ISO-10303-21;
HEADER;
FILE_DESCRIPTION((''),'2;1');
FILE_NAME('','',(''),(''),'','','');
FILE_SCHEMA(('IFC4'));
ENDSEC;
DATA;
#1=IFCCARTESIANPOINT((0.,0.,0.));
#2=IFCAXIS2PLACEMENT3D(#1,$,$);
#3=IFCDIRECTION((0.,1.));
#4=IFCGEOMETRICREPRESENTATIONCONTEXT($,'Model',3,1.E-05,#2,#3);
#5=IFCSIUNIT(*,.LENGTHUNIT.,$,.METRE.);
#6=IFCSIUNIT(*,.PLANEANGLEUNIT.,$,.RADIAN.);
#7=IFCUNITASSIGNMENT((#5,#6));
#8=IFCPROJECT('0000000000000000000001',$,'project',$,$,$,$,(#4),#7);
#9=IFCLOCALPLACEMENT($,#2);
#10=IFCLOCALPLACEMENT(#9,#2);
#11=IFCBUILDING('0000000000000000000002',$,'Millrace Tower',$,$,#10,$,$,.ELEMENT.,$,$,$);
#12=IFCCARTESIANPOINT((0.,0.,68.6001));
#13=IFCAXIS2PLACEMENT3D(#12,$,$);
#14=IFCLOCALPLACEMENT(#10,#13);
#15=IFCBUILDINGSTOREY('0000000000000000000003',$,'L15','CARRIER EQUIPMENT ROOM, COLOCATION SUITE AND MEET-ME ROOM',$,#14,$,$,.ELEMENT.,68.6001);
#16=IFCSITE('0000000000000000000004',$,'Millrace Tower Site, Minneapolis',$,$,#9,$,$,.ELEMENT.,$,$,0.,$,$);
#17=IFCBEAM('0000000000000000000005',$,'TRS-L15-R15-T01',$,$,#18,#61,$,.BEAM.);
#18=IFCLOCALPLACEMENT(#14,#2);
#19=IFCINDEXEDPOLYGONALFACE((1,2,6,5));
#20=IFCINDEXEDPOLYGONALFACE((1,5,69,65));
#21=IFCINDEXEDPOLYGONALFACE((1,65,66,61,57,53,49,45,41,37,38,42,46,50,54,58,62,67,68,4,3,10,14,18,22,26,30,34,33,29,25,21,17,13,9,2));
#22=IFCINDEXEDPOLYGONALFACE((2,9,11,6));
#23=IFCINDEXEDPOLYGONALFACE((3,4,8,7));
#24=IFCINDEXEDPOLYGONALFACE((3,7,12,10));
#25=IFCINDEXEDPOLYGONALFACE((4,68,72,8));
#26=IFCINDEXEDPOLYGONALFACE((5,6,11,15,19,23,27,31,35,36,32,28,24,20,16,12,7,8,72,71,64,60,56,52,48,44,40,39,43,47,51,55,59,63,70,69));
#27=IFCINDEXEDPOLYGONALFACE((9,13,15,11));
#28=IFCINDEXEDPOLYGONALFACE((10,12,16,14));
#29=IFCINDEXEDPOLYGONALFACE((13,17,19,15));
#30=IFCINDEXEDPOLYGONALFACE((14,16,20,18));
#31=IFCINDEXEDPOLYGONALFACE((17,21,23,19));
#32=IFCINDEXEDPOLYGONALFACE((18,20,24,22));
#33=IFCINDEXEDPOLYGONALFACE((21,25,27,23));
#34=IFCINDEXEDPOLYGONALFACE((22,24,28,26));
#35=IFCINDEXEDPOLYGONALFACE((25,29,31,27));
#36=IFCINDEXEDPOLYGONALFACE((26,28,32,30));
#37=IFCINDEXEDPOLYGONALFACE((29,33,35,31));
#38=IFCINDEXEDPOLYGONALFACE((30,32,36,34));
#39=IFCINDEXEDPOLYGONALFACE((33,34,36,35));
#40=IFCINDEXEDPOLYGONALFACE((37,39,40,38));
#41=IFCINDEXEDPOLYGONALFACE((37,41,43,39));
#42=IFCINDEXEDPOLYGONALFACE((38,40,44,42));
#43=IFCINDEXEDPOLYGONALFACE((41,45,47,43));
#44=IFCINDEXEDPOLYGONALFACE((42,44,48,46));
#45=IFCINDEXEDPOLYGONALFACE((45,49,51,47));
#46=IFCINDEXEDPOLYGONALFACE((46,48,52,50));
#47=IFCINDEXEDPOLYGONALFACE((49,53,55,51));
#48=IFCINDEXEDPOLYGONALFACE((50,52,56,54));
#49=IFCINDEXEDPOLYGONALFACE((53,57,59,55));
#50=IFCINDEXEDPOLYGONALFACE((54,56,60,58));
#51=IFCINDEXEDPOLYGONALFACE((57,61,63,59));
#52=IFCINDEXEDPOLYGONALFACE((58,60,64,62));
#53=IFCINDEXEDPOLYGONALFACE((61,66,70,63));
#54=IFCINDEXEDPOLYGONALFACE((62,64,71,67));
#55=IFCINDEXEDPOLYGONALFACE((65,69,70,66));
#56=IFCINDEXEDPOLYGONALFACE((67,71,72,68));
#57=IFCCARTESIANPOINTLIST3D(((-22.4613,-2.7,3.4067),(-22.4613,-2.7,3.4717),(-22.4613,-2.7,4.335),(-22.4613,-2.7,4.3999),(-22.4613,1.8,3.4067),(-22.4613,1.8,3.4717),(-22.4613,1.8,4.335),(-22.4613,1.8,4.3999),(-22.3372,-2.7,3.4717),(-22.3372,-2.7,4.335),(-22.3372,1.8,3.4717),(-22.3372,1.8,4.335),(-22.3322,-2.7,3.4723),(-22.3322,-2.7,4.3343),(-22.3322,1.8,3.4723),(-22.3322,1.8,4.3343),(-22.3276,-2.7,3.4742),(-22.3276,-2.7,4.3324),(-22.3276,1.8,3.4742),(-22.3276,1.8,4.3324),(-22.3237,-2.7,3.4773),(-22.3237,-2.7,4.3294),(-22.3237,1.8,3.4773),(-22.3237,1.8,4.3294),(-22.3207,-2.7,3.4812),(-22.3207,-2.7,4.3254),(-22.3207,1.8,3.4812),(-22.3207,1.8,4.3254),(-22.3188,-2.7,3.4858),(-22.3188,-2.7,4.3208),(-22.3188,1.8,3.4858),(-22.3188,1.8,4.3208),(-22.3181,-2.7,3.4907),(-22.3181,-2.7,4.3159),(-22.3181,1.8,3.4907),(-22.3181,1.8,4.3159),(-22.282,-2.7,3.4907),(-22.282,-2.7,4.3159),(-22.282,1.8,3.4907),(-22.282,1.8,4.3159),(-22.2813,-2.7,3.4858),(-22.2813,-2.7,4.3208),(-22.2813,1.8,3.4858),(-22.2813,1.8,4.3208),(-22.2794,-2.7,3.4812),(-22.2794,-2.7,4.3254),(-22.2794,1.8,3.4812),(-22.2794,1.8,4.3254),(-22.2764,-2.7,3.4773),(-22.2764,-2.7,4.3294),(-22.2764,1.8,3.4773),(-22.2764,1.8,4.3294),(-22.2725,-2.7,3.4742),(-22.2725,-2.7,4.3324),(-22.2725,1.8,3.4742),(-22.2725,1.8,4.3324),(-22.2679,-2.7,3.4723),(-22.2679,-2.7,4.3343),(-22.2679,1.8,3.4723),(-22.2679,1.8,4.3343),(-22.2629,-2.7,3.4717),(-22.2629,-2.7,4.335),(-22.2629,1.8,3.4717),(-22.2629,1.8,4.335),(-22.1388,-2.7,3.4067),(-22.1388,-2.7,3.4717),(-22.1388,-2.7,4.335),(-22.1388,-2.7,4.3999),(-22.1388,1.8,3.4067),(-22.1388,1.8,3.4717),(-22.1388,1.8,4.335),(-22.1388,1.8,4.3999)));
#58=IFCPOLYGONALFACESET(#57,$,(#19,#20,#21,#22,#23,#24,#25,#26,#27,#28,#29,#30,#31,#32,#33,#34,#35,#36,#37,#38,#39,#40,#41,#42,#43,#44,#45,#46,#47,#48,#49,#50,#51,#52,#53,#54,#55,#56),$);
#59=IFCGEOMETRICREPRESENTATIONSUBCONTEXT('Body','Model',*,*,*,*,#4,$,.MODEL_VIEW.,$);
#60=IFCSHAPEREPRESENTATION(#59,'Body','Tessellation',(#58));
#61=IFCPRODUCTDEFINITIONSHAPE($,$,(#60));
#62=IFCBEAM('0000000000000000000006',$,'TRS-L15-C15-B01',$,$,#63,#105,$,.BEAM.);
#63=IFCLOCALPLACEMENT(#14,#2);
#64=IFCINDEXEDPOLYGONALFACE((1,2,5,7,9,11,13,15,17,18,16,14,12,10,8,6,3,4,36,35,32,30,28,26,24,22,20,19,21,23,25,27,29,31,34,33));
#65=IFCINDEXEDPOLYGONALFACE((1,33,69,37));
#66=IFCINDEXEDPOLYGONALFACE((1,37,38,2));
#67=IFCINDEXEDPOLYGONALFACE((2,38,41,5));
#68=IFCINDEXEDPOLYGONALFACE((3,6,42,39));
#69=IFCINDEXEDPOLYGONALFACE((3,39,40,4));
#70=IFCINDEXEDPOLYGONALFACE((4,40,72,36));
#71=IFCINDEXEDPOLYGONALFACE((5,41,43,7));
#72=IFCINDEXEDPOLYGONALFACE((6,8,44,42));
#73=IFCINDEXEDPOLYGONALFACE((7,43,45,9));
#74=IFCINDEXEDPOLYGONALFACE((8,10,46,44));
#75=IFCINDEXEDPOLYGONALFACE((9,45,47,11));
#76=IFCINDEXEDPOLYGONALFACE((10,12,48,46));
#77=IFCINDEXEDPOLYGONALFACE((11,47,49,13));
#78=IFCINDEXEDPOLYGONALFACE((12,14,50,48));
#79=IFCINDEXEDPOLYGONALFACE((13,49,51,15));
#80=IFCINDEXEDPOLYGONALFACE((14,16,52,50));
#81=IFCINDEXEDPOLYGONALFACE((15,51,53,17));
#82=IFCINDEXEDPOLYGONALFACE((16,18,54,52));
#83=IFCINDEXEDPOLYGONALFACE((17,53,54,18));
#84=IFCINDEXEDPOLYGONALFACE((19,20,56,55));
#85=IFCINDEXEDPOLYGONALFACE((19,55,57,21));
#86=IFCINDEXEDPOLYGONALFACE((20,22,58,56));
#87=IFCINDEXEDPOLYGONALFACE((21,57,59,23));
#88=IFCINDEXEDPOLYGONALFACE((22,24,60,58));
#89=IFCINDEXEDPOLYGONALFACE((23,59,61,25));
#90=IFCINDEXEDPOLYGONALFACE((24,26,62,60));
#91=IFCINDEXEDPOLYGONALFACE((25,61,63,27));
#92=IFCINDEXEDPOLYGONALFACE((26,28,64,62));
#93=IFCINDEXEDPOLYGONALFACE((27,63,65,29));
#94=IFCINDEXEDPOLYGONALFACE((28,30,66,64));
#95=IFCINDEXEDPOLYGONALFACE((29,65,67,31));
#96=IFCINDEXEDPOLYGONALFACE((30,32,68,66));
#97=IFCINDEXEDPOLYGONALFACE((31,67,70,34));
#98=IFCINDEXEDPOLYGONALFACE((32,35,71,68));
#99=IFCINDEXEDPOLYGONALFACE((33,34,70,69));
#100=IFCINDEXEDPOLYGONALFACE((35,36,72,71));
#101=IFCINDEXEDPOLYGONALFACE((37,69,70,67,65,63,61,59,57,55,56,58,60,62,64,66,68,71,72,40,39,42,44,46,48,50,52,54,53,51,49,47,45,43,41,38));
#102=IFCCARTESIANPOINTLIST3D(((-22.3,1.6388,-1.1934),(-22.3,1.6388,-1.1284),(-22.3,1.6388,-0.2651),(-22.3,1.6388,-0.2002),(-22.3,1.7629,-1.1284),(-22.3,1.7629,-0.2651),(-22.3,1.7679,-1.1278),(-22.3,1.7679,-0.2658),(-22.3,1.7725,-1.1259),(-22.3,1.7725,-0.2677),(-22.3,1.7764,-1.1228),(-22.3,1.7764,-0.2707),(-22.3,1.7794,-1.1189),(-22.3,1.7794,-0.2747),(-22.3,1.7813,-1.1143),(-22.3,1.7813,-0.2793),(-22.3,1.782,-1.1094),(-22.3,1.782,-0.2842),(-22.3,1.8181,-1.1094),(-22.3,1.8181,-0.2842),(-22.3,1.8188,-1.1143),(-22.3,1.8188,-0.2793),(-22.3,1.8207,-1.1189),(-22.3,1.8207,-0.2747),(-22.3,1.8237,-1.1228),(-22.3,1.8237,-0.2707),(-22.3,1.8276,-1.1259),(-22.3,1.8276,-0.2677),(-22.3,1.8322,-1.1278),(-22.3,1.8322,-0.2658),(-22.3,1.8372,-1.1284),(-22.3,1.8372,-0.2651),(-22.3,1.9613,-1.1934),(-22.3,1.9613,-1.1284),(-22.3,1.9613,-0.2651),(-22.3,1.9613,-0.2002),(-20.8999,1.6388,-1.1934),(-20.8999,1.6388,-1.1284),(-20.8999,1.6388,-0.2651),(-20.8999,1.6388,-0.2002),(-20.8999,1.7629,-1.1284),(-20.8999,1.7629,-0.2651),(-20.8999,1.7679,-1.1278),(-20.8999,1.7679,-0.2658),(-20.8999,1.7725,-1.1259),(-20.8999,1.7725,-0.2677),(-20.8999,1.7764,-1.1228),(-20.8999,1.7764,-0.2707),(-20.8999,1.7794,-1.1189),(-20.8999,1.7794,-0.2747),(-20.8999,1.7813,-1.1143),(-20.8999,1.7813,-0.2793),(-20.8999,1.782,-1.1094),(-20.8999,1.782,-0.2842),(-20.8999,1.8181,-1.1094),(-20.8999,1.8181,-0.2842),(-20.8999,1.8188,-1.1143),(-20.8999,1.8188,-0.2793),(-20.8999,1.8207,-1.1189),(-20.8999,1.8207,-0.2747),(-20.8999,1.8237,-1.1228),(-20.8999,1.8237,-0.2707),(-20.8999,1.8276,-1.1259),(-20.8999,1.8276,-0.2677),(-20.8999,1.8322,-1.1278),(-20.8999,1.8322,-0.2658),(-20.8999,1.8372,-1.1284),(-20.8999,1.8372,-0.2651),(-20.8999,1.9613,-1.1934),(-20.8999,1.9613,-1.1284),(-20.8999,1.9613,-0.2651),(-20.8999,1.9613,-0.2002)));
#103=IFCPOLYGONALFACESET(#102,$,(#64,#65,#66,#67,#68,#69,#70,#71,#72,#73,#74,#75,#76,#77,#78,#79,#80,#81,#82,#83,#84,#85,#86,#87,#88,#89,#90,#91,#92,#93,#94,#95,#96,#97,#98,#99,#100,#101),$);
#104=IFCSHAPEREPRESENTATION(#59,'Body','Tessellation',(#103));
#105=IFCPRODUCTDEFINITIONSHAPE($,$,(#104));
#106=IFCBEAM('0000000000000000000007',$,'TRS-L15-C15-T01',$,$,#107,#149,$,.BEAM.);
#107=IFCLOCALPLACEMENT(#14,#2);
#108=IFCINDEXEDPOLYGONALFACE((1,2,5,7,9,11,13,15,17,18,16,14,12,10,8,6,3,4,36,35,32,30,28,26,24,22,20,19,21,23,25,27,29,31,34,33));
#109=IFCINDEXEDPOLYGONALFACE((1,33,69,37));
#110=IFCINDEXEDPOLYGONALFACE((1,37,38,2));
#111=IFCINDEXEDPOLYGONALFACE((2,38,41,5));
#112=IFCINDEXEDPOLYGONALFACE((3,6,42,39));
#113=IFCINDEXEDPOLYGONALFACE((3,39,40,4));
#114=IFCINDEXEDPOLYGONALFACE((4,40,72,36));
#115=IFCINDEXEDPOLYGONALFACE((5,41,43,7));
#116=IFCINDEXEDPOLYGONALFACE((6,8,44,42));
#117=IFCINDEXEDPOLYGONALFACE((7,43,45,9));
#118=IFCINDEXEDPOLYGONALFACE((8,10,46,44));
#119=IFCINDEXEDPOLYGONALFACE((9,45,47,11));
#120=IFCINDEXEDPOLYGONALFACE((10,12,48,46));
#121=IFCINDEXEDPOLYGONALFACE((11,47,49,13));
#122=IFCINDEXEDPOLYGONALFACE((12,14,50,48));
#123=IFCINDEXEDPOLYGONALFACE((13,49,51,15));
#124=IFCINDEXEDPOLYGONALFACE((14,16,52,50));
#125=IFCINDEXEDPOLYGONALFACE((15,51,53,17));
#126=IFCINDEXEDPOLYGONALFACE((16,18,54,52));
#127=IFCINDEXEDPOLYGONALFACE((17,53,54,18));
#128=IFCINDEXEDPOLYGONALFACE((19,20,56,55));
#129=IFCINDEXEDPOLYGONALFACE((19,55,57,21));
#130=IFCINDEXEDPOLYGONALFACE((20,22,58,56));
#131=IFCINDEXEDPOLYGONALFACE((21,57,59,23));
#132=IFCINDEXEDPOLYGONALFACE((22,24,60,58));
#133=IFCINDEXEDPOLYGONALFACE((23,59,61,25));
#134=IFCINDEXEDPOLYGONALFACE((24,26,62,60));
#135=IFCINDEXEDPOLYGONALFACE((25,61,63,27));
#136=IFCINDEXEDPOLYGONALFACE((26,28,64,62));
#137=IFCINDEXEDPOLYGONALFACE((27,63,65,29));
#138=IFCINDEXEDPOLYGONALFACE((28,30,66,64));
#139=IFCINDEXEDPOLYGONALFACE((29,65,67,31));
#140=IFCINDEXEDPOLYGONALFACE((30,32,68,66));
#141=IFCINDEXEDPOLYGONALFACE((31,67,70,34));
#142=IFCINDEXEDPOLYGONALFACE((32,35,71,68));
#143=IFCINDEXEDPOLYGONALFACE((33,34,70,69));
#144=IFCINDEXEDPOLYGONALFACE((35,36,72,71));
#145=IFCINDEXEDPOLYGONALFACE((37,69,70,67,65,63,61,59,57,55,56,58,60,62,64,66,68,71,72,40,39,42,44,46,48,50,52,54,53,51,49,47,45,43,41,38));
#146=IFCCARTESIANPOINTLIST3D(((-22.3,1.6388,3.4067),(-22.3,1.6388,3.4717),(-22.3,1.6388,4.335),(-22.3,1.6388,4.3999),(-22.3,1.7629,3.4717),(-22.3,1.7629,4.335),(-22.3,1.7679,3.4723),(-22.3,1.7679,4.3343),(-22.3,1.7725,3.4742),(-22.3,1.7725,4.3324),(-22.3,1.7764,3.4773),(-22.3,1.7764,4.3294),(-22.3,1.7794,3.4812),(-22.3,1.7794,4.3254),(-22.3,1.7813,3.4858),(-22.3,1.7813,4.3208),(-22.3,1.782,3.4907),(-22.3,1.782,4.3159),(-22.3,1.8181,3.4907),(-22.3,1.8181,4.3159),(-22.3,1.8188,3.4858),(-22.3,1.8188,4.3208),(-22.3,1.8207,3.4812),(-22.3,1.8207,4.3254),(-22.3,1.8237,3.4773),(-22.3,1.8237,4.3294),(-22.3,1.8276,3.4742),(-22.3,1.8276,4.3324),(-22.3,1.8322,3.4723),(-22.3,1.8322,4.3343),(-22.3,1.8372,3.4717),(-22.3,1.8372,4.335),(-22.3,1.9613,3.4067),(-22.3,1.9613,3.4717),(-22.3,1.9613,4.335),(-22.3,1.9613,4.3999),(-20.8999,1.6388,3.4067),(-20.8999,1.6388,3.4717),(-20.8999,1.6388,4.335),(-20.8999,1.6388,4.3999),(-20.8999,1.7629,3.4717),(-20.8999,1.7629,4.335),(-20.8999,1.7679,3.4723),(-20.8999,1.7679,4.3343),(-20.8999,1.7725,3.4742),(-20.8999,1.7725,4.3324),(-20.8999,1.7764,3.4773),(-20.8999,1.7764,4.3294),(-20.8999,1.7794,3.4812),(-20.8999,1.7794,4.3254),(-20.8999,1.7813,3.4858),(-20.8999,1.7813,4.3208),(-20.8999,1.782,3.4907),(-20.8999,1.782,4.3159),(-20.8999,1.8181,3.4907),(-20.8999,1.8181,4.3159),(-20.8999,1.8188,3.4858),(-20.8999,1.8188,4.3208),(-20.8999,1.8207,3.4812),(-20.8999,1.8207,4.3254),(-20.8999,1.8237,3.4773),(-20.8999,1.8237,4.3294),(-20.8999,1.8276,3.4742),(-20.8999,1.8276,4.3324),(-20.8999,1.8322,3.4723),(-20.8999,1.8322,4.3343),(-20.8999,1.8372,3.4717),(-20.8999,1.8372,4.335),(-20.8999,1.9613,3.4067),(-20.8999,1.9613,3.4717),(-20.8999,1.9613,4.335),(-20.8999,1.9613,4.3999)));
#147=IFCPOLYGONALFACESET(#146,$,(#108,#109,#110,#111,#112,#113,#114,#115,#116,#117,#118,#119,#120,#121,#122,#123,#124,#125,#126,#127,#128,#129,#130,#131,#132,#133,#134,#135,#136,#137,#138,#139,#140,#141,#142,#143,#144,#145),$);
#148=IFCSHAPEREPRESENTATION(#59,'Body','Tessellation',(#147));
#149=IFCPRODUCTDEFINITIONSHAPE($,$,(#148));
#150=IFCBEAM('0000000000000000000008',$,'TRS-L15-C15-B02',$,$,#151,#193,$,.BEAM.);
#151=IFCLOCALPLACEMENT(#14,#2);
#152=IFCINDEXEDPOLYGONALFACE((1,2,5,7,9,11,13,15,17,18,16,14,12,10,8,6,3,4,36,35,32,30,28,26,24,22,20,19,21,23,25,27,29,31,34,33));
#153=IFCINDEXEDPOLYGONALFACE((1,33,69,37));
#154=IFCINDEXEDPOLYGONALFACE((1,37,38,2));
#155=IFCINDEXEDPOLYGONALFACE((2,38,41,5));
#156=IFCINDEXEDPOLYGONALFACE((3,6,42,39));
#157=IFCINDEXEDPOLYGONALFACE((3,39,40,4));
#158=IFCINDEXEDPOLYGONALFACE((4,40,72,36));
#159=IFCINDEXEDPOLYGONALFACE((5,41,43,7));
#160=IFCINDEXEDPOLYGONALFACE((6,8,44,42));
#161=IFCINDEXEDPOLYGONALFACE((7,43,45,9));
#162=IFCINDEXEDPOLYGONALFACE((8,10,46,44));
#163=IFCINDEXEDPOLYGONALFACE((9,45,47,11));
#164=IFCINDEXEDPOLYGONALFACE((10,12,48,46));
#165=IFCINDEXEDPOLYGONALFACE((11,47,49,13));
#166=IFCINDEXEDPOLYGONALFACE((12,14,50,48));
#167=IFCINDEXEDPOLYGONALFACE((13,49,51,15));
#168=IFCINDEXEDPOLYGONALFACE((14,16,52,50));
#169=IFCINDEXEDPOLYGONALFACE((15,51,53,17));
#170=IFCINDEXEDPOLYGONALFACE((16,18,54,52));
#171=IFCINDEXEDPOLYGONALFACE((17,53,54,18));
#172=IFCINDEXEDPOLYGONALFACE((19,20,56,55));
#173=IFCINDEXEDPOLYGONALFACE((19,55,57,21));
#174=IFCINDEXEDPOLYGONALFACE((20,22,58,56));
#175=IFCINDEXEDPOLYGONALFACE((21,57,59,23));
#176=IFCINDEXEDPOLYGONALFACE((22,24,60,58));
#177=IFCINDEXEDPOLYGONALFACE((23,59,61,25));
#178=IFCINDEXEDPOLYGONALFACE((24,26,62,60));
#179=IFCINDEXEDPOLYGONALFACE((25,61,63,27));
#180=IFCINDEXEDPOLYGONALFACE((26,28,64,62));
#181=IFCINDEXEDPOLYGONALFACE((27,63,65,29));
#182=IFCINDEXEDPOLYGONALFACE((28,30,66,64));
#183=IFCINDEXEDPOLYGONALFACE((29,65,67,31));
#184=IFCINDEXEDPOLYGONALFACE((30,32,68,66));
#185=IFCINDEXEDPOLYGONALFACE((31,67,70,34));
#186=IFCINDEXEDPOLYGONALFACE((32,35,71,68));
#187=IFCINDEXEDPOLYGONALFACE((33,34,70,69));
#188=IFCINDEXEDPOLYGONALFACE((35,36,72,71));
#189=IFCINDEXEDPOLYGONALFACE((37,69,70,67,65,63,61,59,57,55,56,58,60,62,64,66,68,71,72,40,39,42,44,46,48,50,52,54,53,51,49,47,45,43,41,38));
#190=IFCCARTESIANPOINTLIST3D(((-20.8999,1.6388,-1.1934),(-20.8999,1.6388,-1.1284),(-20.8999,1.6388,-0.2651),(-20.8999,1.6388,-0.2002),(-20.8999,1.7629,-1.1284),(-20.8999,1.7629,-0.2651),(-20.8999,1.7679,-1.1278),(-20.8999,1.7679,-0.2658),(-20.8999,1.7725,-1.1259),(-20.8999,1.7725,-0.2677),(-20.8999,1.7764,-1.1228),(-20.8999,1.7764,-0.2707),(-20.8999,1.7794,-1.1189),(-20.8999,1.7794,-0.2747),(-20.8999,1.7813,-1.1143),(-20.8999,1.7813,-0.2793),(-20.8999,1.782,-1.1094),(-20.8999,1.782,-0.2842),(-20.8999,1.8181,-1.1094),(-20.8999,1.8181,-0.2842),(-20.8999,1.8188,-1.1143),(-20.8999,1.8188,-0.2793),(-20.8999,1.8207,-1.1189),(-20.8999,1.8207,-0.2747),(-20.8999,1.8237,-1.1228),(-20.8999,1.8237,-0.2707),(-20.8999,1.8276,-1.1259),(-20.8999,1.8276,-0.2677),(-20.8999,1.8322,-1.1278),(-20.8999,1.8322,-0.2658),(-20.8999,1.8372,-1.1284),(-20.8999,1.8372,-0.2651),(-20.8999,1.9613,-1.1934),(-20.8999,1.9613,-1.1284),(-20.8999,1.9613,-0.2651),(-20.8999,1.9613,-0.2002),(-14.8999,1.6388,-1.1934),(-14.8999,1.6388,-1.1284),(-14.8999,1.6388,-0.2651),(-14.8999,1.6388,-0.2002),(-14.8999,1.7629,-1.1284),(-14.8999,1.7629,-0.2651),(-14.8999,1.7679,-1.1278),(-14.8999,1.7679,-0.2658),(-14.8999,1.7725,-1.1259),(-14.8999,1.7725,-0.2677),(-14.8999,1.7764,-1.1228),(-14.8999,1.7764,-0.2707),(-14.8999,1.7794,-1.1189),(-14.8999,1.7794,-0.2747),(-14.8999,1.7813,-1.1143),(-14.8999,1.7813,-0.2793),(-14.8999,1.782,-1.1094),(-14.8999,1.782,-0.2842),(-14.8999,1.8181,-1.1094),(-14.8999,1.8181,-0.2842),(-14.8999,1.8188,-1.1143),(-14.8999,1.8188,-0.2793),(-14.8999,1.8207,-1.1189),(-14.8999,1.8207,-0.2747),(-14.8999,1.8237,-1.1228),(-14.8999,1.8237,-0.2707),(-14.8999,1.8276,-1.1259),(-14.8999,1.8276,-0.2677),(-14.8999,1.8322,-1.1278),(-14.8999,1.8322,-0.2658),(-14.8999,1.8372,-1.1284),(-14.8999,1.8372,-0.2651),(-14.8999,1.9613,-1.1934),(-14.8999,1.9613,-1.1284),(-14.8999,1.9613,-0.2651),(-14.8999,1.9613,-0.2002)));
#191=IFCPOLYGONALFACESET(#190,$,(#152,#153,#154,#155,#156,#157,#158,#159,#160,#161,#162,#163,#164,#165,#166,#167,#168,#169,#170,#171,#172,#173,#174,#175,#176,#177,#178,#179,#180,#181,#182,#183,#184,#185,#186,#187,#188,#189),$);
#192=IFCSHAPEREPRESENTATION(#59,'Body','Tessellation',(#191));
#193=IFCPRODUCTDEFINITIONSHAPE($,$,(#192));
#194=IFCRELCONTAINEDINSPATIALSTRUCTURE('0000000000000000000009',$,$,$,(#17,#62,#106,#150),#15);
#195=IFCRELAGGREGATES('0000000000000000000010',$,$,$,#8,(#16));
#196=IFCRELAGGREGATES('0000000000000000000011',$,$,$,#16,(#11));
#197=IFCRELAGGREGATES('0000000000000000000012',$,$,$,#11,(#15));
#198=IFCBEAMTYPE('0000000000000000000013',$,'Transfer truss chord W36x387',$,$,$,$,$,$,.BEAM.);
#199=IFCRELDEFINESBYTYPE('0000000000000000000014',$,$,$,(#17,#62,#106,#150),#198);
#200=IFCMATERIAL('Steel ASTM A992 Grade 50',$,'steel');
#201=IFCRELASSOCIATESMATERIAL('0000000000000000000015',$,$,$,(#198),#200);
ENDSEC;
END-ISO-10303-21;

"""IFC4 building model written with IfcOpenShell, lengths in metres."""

from ifc_helpers import new_model, si_unit, direction, frame, origin, origin_2d, place, context, subcontext, project, spatial, i_section, extrude, material, material_profile, profile_set, type_object, element, save


model = new_model("IFC4")

# Units and contexts
model_context = context("Model", 3, precision=1e-05, world=origin(), true_north=direction((0.0, 1.0)))
body_context = subcontext(model_context, "Body", "Model", "MODEL_VIEW")
ifc_project = project(units=[si_unit("LENGTHUNIT", "METRE"), si_unit("PLANEANGLEUNIT", "RADIAN")], contexts=[model_context])

# Site, building, storey
site_placement = place(None, origin())
site = spatial("IfcSite", under=ifc_project, at=site_placement, Name="Millrace Tower Site, Minneapolis", CompositionType="ELEMENT", RefElevation=0.0)
building_placement = place(site_placement, origin())
building = spatial("IfcBuilding", under=site, at=building_placement, Name="Millrace Tower", CompositionType="ELEMENT")
storey_placement = place(building_placement, frame((0.0, 0.0, 68.6001)))
storey = spatial("IfcBuildingStorey", under=building, at=storey_placement, Name="L15", Description="CARRIER EQUIPMENT ROOM, COLOCATION SUITE AND MEET-ME ROOM", CompositionType="ELEMENT", Elevation=68.6001)

# Beams
ifc_material_1 = material(Name="Steel ASTM A992 Grade 50", Category="steel")
ifc_material_profile_1 = material_profile(ifc_material_1, i_section(OverallWidth=0.3225, OverallDepth=0.9932, WebThickness=0.0361, FlangeThickness=0.0649, FilletRadius=0.019, at=origin_2d()))
ifc_profile_set_1 = profile_set([ifc_material_profile_1], Name="Steel ASTM A992 Grade 50")
beam_type_1 = type_object("IfcBeamType", Name="Transfer truss chord W36x387", PredefinedType="BEAM", material=ifc_profile_set_1)
for number, where, z_axis, x_axis, name in (
    (1, (-22.3, 1.8, 3.9033), (0.0, -1.0, 0.0), (1.0, 0.0, 0.0), "TRS-L15-R15-T01"),
):
    element("IfcBeam", number, at=place(storey_placement, frame(where, z_axis=z_axis, x_axis=x_axis)), inside=storey, type_object=beam_type_1, Name=name, PredefinedType="BEAM", context=body_context, shape_type="SweptSolid", body=[
        extrude(i_section(OverallWidth=0.3225, OverallDepth=0.9932, WebThickness=0.0361, FlangeThickness=0.0649, FilletRadius=0.019, at=origin_2d()), origin(), (0.0, 0.0, 1.0), 4.5),
    ])
for number, where, z_axis, x_axis, name in (
    (2, (-22.3, 1.8, -0.6968), (1.0, 0.0, 0.0), (0.0, 1.0, 0.0), "TRS-L15-C15-B01"),
    (3, (-22.3, 1.8, 3.9033), (1.0, 0.0, 0.0), (0.0, 1.0, 0.0), "TRS-L15-C15-T01"),
):
    element("IfcBeam", number, at=place(storey_placement, frame(where, z_axis=z_axis, x_axis=x_axis)), inside=storey, type_object=beam_type_1, Name=name, PredefinedType="BEAM", context=body_context, shape_type="SweptSolid", body=[
        extrude(i_section(OverallWidth=0.3225, OverallDepth=0.9932, WebThickness=0.0361, FlangeThickness=0.0649, FilletRadius=0.019, at=origin_2d()), origin(), (0.0, 0.0, 1.0), 1.4001),
    ])
for number, where, z_axis, x_axis, name in (
    (4, (-20.8999, 1.8, -0.6968), (1.0, 0.0, 0.0), (0.0, 1.0, 0.0), "TRS-L15-C15-B02"),
):
    element("IfcBeam", number, at=place(storey_placement, frame(where, z_axis=z_axis, x_axis=x_axis)), inside=storey, type_object=beam_type_1, Name=name, PredefinedType="BEAM", context=body_context, shape_type="SweptSolid", body=[
        extrude(i_section(OverallWidth=0.3225, OverallDepth=0.9932, WebThickness=0.0361, FlangeThickness=0.0649, FilletRadius=0.019, at=origin_2d()), origin(), (0.0, 0.0, 1.0), 6.0),
    ])

save(model, "model.ifc")
